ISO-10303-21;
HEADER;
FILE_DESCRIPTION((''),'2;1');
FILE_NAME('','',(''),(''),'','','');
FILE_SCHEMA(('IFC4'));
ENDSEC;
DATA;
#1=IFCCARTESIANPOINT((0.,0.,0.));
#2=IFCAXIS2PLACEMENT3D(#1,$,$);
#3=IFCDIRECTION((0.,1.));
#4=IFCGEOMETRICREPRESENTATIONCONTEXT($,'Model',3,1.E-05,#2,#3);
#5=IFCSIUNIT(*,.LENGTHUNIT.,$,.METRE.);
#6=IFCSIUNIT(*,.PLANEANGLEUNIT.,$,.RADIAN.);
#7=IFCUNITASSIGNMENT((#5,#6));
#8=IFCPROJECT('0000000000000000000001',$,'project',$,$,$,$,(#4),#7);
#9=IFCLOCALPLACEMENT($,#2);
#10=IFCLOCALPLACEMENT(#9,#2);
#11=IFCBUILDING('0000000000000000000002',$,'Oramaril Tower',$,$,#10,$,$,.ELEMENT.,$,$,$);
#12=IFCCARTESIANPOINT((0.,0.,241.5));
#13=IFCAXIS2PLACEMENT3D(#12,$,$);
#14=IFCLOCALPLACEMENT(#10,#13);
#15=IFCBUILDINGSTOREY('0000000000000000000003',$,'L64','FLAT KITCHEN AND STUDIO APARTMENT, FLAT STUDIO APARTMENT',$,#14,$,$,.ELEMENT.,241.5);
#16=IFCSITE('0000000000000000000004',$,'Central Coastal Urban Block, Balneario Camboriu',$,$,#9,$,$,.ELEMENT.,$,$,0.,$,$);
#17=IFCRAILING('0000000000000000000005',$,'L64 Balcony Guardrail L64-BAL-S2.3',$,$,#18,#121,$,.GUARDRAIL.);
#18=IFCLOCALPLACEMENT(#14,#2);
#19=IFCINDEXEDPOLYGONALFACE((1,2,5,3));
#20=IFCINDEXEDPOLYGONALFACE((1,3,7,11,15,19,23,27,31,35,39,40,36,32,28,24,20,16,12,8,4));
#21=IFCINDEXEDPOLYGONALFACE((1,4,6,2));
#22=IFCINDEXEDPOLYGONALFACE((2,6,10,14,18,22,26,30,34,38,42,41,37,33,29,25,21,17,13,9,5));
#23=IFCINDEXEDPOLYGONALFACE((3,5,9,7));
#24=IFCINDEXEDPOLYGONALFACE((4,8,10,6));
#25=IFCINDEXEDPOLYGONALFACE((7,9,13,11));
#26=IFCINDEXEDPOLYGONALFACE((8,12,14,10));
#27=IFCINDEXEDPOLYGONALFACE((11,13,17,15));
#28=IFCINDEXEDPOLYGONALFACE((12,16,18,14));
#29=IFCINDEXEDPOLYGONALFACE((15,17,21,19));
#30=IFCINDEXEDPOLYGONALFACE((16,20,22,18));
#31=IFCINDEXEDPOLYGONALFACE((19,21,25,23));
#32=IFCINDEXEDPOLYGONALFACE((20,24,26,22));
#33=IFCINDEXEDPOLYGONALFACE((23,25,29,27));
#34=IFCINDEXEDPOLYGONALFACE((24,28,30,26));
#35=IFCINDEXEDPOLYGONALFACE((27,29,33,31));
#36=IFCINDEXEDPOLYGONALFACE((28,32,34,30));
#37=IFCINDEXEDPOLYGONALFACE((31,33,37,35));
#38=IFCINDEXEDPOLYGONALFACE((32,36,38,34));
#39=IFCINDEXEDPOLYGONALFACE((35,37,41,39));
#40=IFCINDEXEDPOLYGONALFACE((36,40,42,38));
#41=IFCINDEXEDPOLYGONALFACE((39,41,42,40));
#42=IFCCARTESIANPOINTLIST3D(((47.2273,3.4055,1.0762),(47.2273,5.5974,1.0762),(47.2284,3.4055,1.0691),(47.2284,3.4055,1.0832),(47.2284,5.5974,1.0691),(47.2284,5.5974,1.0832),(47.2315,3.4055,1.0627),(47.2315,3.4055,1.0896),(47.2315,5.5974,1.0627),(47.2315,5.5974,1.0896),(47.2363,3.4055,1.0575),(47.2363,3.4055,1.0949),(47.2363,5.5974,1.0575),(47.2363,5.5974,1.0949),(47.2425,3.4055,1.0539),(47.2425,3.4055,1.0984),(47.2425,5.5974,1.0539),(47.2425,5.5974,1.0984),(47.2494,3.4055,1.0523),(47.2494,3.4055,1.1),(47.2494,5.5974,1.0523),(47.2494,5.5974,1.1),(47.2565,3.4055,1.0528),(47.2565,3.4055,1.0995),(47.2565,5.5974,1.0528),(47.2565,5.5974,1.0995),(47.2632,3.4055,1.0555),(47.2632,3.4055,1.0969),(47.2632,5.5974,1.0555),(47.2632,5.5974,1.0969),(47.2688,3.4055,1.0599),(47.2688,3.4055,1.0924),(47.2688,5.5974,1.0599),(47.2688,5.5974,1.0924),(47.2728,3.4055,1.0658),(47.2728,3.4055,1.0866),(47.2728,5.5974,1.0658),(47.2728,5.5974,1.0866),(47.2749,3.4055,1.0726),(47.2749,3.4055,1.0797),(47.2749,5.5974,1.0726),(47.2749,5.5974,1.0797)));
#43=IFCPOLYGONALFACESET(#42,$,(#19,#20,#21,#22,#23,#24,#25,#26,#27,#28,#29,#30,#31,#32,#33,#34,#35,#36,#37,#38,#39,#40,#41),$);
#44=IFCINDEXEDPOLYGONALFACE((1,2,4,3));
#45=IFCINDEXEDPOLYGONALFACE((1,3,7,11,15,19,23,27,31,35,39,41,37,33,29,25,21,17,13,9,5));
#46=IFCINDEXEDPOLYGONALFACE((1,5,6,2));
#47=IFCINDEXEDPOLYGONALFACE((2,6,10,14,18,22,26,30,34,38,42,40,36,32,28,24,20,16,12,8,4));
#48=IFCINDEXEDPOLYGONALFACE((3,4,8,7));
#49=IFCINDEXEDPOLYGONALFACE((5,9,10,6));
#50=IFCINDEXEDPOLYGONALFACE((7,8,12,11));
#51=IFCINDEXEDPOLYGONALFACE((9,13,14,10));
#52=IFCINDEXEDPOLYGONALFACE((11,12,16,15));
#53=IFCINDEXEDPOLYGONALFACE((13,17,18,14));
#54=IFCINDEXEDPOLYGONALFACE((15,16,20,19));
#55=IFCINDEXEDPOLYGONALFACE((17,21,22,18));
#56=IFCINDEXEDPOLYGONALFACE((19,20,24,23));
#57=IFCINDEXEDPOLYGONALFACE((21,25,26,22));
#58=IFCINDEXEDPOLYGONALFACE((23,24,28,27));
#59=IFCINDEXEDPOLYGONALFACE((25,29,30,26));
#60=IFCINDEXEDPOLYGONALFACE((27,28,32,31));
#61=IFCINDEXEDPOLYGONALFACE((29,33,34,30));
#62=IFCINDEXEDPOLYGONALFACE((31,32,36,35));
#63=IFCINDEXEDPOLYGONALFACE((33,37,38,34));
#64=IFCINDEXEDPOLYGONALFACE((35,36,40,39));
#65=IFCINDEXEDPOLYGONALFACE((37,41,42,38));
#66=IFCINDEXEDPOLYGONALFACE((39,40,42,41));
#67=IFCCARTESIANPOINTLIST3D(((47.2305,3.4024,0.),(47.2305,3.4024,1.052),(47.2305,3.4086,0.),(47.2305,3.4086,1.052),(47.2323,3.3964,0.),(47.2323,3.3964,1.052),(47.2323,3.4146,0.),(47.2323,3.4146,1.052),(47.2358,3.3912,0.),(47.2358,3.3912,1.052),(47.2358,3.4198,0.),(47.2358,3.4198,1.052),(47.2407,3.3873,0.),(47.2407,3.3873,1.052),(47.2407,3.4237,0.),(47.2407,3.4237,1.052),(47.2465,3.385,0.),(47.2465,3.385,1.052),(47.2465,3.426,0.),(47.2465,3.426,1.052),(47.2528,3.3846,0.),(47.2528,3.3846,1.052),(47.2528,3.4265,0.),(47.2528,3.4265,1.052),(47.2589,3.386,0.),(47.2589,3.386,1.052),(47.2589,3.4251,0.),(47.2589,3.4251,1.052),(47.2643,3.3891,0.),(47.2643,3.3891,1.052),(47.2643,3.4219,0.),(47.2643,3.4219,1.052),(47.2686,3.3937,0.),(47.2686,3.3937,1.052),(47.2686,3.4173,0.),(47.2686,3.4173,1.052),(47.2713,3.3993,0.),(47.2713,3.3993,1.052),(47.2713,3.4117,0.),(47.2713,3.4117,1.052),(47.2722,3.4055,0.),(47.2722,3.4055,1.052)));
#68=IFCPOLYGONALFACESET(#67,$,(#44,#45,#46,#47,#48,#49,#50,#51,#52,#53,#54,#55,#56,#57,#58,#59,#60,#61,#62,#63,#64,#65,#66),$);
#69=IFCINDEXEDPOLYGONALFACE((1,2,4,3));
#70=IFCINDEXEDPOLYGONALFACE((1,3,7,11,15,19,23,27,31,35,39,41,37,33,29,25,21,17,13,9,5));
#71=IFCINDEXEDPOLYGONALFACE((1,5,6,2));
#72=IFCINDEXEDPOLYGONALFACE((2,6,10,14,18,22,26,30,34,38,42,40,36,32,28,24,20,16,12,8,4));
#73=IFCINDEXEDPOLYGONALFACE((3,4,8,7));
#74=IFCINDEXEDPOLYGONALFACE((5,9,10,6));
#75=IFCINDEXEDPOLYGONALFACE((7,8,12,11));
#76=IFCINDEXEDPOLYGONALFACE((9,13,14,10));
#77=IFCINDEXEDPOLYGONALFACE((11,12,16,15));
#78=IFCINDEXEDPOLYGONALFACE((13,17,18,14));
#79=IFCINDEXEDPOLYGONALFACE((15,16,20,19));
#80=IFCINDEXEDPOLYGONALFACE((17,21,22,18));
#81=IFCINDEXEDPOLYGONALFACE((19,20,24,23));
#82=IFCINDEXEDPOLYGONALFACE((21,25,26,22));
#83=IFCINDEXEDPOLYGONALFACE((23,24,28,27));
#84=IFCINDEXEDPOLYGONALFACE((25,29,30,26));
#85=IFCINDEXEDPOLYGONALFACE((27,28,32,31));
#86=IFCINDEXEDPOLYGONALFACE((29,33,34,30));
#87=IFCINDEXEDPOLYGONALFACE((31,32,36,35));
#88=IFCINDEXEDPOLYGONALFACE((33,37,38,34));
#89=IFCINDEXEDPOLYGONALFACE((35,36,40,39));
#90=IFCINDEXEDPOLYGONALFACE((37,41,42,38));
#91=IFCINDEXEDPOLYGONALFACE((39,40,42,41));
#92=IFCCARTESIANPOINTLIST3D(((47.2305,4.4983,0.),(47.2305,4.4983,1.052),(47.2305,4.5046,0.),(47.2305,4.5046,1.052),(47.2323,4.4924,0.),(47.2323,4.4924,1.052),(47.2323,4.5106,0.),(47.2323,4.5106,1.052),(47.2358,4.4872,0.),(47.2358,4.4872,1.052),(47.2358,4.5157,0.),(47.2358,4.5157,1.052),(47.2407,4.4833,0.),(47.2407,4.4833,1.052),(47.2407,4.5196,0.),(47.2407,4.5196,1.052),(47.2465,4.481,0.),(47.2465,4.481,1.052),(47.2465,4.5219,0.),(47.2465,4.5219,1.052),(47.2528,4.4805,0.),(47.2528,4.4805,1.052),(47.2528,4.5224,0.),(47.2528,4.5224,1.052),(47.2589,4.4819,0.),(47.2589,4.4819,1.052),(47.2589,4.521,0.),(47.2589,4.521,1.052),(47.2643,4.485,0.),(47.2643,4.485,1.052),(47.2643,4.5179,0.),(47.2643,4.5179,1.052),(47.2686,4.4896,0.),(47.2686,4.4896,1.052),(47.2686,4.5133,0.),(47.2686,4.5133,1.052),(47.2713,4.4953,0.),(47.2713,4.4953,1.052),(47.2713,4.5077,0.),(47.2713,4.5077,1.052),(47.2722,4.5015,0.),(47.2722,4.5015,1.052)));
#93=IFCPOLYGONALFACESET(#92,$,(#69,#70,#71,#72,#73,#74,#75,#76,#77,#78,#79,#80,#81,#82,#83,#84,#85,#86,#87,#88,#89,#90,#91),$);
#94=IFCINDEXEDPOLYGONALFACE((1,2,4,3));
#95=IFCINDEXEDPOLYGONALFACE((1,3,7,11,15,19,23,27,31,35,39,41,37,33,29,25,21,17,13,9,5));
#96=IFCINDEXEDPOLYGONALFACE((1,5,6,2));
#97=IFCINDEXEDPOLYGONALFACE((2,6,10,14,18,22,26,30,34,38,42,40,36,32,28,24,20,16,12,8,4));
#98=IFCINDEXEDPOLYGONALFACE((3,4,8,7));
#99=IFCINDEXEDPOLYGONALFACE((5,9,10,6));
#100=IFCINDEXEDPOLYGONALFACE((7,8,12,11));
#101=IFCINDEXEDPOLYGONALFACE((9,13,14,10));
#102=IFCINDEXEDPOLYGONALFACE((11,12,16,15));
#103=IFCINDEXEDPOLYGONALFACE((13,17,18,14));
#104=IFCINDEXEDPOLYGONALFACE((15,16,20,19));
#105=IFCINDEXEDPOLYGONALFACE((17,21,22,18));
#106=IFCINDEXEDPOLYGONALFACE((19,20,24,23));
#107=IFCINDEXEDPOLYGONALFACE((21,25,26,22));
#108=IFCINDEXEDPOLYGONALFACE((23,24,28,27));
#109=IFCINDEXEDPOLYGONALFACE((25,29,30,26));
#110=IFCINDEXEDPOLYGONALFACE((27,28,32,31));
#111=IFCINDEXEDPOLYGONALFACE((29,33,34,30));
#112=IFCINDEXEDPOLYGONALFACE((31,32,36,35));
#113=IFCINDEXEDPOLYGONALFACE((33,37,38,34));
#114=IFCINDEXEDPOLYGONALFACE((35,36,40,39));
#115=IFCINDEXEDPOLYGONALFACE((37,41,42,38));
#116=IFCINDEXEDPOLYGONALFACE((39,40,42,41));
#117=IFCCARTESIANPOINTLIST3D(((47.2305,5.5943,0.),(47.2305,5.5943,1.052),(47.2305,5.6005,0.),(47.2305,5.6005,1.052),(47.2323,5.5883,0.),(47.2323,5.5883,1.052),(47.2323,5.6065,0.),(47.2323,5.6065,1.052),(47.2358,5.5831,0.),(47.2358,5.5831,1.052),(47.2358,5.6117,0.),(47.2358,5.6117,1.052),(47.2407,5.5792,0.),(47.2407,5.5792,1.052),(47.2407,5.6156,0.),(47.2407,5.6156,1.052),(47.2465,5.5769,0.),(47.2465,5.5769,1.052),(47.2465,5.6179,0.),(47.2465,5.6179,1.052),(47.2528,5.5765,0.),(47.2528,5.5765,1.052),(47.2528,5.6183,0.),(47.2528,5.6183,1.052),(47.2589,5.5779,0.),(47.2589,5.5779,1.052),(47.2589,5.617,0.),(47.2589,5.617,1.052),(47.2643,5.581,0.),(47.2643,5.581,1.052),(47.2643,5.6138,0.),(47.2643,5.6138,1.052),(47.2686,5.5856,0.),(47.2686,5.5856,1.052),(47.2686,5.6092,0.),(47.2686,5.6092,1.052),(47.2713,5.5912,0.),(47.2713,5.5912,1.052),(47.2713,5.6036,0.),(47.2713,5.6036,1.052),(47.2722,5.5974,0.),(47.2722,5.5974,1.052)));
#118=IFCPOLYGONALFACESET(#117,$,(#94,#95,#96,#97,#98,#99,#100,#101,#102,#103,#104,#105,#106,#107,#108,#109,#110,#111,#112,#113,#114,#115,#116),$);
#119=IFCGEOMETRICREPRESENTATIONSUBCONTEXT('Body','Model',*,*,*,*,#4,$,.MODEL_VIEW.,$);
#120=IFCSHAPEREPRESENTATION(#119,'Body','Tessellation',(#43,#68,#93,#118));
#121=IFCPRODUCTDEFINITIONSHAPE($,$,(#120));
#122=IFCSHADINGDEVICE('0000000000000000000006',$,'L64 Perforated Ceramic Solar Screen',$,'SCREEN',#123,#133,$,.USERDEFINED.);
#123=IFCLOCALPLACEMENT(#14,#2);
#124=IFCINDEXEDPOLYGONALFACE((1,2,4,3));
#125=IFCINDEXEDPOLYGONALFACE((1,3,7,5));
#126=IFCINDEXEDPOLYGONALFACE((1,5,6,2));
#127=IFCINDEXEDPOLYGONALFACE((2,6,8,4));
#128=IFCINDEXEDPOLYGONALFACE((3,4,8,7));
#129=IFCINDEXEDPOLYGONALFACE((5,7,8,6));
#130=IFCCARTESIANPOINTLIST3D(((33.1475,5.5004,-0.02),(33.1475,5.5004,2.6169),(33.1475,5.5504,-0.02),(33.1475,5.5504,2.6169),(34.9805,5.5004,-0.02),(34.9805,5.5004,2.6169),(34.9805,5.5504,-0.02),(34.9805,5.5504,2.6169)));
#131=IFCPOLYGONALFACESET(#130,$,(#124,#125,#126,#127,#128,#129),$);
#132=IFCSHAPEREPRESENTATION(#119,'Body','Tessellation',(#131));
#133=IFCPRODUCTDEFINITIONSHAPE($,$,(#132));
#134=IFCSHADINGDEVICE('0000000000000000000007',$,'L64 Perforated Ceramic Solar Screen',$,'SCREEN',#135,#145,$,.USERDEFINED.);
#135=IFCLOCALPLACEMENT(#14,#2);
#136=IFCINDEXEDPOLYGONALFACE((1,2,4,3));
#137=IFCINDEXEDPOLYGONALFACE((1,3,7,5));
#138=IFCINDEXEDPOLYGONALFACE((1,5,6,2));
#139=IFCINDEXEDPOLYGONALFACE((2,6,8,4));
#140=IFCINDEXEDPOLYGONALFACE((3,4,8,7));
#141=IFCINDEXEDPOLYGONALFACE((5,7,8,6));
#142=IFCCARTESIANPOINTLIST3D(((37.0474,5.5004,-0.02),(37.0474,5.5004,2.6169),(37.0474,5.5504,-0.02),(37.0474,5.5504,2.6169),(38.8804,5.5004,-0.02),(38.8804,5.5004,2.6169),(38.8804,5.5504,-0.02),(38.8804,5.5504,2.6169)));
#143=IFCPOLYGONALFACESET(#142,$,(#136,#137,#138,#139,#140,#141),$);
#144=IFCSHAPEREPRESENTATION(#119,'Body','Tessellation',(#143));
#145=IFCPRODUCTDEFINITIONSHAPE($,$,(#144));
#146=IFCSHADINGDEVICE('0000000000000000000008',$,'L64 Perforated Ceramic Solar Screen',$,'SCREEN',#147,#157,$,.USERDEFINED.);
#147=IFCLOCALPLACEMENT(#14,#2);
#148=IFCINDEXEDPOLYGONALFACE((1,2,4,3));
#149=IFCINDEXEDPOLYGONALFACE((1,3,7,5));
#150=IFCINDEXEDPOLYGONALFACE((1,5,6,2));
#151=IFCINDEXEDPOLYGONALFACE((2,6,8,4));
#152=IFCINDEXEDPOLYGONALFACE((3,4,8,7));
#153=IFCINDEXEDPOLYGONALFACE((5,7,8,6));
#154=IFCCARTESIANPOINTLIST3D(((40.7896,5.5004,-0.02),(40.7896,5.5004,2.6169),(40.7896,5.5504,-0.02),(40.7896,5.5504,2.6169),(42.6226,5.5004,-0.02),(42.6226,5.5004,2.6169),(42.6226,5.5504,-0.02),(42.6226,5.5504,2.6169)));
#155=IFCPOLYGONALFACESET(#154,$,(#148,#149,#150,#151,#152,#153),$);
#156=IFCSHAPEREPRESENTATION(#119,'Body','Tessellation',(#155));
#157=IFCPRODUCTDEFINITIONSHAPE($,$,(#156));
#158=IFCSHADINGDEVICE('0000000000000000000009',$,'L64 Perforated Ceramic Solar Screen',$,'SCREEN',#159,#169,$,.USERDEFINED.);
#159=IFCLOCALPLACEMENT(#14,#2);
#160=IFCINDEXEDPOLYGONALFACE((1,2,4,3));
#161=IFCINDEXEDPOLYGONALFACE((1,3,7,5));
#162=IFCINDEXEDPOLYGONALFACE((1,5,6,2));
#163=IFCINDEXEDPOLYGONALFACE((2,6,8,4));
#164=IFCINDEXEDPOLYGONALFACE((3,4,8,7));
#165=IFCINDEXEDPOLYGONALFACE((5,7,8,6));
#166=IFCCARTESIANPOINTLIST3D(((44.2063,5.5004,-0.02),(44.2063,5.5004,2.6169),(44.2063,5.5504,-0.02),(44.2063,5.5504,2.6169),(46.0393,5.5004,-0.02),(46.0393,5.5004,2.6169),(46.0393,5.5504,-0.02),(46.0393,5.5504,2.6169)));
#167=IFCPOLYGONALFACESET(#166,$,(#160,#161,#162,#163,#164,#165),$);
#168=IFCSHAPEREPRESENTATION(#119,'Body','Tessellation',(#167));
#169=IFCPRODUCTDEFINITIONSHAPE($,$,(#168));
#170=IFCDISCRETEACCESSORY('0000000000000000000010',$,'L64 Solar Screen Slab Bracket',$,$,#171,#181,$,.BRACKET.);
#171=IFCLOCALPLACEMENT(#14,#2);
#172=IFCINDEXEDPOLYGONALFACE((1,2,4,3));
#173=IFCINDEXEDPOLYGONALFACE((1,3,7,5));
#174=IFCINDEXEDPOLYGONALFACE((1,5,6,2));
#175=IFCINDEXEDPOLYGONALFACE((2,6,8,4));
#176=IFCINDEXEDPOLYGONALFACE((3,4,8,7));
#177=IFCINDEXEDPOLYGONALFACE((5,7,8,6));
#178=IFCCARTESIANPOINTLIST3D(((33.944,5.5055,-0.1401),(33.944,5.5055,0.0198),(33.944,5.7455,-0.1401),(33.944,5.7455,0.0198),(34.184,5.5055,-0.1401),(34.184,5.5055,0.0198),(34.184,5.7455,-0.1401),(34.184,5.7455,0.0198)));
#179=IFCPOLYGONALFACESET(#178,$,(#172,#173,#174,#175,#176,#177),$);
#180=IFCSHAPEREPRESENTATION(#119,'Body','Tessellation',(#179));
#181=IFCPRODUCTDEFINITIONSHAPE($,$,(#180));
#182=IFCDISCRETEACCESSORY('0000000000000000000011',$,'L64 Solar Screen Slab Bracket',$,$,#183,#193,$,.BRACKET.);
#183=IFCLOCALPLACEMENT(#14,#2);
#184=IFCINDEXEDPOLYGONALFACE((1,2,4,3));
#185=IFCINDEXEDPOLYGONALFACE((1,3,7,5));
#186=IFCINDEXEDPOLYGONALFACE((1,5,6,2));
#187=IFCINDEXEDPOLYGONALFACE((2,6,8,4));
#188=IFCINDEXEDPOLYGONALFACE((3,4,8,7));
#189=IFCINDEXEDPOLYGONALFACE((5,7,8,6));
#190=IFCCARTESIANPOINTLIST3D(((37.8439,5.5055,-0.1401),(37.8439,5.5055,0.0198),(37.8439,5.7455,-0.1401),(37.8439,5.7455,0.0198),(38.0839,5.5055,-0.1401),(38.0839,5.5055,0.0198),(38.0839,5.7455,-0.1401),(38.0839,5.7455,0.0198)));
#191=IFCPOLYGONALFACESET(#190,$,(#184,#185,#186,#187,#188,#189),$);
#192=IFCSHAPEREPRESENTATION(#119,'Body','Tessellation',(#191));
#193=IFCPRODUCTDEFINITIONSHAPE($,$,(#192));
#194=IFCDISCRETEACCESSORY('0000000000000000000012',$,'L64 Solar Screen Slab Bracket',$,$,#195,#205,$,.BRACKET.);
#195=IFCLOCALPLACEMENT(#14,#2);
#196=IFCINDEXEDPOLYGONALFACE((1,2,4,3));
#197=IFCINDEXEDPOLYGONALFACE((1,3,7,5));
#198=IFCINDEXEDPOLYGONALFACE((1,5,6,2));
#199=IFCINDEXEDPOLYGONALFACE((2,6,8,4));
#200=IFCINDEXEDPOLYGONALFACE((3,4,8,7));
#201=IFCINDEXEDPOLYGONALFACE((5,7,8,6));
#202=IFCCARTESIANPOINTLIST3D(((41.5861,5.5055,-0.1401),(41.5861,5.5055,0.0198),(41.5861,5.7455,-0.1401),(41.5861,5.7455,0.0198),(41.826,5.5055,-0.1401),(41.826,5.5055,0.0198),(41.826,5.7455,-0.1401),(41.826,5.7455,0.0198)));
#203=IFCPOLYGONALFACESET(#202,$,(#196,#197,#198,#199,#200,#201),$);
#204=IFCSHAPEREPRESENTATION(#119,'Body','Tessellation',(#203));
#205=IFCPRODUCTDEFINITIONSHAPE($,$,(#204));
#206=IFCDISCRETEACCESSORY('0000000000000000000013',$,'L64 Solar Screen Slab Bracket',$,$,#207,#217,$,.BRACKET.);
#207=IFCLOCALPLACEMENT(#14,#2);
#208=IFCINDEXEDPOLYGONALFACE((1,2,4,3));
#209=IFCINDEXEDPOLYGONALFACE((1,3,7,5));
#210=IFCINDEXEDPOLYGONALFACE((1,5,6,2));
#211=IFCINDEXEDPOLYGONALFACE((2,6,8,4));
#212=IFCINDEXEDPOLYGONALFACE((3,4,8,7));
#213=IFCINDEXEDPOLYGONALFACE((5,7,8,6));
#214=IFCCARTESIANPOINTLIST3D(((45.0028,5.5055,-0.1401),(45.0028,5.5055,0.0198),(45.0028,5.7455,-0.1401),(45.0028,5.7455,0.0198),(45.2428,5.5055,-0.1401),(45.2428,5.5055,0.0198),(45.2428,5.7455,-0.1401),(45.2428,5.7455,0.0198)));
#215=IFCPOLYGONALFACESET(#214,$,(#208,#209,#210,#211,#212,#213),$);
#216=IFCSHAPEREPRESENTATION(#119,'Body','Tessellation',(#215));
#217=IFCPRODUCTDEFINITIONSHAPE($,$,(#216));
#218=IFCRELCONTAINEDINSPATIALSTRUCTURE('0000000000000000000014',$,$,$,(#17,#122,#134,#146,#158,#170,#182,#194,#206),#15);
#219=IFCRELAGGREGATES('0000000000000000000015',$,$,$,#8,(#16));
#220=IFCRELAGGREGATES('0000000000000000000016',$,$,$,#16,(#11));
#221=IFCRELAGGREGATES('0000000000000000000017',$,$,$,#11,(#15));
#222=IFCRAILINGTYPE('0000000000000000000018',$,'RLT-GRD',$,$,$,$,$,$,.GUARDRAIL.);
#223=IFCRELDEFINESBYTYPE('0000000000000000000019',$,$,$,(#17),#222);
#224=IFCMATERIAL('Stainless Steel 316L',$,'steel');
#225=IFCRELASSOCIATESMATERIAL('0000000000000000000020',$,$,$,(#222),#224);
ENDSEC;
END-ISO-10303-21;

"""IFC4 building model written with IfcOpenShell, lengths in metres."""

from ifc_helpers import new_model, si_unit, direction, frame, origin, origin_2d, place, context, subcontext, project, spatial, rectangle, circle, extrude, material, type_object, element, save


model = new_model("IFC4")

# Units and contexts
model_context = context("Model", 3, precision=1e-05, world=origin(), true_north=direction((0.0, 1.0)))
body_context = subcontext(model_context, "Body", "Model", "MODEL_VIEW")
ifc_project = project(units=[si_unit("LENGTHUNIT", "METRE"), si_unit("PLANEANGLEUNIT", "RADIAN")], contexts=[model_context])

# Site, building, storey
site_placement = place(None, origin())
site = spatial("IfcSite", under=ifc_project, at=site_placement, Name="Central Coastal Urban Block, Balneario Camboriu", CompositionType="ELEMENT", RefElevation=0.0)
building_placement = place(site_placement, origin())
building = spatial("IfcBuilding", under=site, at=building_placement, Name="Oramaril Tower", CompositionType="ELEMENT")
storey_placement = place(building_placement, frame((0.0, 0.0, 241.5)))
storey = spatial("IfcBuildingStorey", under=building, at=storey_placement, Name="L64", Description="FLAT KITCHEN AND STUDIO APARTMENT, FLAT STUDIO APARTMENT", CompositionType="ELEMENT", Elevation=241.5)

# Railing
ifc_material_1 = material(Name="Stainless Steel 316L", Category="steel")
railing_type = type_object("IfcRailingType", Name="RLT-GRD", PredefinedType="GUARDRAIL", material=ifc_material_1)
railing_placement = place(storey_placement, frame((47.2512, 3.4055, 0.0)))
element("IfcRailing", 1, at=railing_placement, inside=storey, type_object=railing_type, Name="L64 Balcony Guardrail L64-BAL-S2.3", PredefinedType="GUARDRAIL", context=body_context, shape_type="SweptSolid", body=[
    extrude(circle(Radius=0.0239, at=origin_2d()), frame((0.0, 0.0, 1.0762), z_axis=(0.0, 1.0, 0.0), x_axis=(-1.0, 0.0, 0.0)), (0.0, 0.0, 1.0), 2.1919),
    extrude(circle(Radius=0.021, at=origin_2d()), origin(), (0.0, 0.0, 1.0), 1.052),
    extrude(circle(Radius=0.021, at=origin_2d()), frame((0.0, 1.0959, 0.0)), (0.0, 0.0, 1.0), 1.052),
    extrude(circle(Radius=0.021, at=origin_2d()), frame((0.0, 2.1919, 0.0)), (0.0, 0.0, 1.0), 1.052),
])

# Shading devices
for number, where, z_axis, x_axis, name in (
    (2, (34.064, 5.5254, -0.02), (0.0, 0.0, 1.0), (1.0, 0.0, 0.0), "L64 Perforated Ceramic Solar Screen"),
    (3, (37.9639, 5.5254, -0.02), (0.0, 0.0, 1.0), (1.0, 0.0, 0.0), "L64 Perforated Ceramic Solar Screen"),
    (4, (41.7061, 5.5254, -0.02), (0.0, 0.0, 1.0), (1.0, 0.0, 0.0), "L64 Perforated Ceramic Solar Screen"),
    (5, (45.1228, 5.5254, -0.02), (0.0, 0.0, 1.0), (1.0, 0.0, 0.0), "L64 Perforated Ceramic Solar Screen"),
):
    element("IfcShadingDevice", number, at=place(storey_placement, frame(where, z_axis=z_axis, x_axis=x_axis)), inside=storey, Name=name, ObjectType="SCREEN", PredefinedType="USERDEFINED", context=body_context, shape_type="SweptSolid", body=[
        extrude(rectangle(XDim=1.833, YDim=0.05, at=origin_2d()), origin(), (0.0, 0.0, 1.0), 2.637),
    ])

# Discrete accessories
for number, where, z_axis, x_axis, name in (
    (6, (34.064, 5.6255, -0.1401), (0.0, 0.0, 1.0), (1.0, 0.0, 0.0), "L64 Solar Screen Slab Bracket"),
    (7, (37.9639, 5.6255, -0.1401), (0.0, 0.0, 1.0), (1.0, 0.0, 0.0), "L64 Solar Screen Slab Bracket"),
    (8, (41.7061, 5.6255, -0.1401), (0.0, 0.0, 1.0), (1.0, 0.0, 0.0), "L64 Solar Screen Slab Bracket"),
    (9, (45.1228, 5.6255, -0.1401), (0.0, 0.0, 1.0), (1.0, 0.0, 0.0), "L64 Solar Screen Slab Bracket"),
):
    element("IfcDiscreteAccessory", number, at=place(storey_placement, frame(where, z_axis=z_axis, x_axis=x_axis)), inside=storey, Name=name, PredefinedType="BRACKET", context=body_context, shape_type="SweptSolid", body=[
        extrude(rectangle(XDim=0.24, YDim=0.24, at=origin_2d()), origin(), (0.0, 0.0, 1.0), 0.1599),
    ])

save(model, "model.ifc")
